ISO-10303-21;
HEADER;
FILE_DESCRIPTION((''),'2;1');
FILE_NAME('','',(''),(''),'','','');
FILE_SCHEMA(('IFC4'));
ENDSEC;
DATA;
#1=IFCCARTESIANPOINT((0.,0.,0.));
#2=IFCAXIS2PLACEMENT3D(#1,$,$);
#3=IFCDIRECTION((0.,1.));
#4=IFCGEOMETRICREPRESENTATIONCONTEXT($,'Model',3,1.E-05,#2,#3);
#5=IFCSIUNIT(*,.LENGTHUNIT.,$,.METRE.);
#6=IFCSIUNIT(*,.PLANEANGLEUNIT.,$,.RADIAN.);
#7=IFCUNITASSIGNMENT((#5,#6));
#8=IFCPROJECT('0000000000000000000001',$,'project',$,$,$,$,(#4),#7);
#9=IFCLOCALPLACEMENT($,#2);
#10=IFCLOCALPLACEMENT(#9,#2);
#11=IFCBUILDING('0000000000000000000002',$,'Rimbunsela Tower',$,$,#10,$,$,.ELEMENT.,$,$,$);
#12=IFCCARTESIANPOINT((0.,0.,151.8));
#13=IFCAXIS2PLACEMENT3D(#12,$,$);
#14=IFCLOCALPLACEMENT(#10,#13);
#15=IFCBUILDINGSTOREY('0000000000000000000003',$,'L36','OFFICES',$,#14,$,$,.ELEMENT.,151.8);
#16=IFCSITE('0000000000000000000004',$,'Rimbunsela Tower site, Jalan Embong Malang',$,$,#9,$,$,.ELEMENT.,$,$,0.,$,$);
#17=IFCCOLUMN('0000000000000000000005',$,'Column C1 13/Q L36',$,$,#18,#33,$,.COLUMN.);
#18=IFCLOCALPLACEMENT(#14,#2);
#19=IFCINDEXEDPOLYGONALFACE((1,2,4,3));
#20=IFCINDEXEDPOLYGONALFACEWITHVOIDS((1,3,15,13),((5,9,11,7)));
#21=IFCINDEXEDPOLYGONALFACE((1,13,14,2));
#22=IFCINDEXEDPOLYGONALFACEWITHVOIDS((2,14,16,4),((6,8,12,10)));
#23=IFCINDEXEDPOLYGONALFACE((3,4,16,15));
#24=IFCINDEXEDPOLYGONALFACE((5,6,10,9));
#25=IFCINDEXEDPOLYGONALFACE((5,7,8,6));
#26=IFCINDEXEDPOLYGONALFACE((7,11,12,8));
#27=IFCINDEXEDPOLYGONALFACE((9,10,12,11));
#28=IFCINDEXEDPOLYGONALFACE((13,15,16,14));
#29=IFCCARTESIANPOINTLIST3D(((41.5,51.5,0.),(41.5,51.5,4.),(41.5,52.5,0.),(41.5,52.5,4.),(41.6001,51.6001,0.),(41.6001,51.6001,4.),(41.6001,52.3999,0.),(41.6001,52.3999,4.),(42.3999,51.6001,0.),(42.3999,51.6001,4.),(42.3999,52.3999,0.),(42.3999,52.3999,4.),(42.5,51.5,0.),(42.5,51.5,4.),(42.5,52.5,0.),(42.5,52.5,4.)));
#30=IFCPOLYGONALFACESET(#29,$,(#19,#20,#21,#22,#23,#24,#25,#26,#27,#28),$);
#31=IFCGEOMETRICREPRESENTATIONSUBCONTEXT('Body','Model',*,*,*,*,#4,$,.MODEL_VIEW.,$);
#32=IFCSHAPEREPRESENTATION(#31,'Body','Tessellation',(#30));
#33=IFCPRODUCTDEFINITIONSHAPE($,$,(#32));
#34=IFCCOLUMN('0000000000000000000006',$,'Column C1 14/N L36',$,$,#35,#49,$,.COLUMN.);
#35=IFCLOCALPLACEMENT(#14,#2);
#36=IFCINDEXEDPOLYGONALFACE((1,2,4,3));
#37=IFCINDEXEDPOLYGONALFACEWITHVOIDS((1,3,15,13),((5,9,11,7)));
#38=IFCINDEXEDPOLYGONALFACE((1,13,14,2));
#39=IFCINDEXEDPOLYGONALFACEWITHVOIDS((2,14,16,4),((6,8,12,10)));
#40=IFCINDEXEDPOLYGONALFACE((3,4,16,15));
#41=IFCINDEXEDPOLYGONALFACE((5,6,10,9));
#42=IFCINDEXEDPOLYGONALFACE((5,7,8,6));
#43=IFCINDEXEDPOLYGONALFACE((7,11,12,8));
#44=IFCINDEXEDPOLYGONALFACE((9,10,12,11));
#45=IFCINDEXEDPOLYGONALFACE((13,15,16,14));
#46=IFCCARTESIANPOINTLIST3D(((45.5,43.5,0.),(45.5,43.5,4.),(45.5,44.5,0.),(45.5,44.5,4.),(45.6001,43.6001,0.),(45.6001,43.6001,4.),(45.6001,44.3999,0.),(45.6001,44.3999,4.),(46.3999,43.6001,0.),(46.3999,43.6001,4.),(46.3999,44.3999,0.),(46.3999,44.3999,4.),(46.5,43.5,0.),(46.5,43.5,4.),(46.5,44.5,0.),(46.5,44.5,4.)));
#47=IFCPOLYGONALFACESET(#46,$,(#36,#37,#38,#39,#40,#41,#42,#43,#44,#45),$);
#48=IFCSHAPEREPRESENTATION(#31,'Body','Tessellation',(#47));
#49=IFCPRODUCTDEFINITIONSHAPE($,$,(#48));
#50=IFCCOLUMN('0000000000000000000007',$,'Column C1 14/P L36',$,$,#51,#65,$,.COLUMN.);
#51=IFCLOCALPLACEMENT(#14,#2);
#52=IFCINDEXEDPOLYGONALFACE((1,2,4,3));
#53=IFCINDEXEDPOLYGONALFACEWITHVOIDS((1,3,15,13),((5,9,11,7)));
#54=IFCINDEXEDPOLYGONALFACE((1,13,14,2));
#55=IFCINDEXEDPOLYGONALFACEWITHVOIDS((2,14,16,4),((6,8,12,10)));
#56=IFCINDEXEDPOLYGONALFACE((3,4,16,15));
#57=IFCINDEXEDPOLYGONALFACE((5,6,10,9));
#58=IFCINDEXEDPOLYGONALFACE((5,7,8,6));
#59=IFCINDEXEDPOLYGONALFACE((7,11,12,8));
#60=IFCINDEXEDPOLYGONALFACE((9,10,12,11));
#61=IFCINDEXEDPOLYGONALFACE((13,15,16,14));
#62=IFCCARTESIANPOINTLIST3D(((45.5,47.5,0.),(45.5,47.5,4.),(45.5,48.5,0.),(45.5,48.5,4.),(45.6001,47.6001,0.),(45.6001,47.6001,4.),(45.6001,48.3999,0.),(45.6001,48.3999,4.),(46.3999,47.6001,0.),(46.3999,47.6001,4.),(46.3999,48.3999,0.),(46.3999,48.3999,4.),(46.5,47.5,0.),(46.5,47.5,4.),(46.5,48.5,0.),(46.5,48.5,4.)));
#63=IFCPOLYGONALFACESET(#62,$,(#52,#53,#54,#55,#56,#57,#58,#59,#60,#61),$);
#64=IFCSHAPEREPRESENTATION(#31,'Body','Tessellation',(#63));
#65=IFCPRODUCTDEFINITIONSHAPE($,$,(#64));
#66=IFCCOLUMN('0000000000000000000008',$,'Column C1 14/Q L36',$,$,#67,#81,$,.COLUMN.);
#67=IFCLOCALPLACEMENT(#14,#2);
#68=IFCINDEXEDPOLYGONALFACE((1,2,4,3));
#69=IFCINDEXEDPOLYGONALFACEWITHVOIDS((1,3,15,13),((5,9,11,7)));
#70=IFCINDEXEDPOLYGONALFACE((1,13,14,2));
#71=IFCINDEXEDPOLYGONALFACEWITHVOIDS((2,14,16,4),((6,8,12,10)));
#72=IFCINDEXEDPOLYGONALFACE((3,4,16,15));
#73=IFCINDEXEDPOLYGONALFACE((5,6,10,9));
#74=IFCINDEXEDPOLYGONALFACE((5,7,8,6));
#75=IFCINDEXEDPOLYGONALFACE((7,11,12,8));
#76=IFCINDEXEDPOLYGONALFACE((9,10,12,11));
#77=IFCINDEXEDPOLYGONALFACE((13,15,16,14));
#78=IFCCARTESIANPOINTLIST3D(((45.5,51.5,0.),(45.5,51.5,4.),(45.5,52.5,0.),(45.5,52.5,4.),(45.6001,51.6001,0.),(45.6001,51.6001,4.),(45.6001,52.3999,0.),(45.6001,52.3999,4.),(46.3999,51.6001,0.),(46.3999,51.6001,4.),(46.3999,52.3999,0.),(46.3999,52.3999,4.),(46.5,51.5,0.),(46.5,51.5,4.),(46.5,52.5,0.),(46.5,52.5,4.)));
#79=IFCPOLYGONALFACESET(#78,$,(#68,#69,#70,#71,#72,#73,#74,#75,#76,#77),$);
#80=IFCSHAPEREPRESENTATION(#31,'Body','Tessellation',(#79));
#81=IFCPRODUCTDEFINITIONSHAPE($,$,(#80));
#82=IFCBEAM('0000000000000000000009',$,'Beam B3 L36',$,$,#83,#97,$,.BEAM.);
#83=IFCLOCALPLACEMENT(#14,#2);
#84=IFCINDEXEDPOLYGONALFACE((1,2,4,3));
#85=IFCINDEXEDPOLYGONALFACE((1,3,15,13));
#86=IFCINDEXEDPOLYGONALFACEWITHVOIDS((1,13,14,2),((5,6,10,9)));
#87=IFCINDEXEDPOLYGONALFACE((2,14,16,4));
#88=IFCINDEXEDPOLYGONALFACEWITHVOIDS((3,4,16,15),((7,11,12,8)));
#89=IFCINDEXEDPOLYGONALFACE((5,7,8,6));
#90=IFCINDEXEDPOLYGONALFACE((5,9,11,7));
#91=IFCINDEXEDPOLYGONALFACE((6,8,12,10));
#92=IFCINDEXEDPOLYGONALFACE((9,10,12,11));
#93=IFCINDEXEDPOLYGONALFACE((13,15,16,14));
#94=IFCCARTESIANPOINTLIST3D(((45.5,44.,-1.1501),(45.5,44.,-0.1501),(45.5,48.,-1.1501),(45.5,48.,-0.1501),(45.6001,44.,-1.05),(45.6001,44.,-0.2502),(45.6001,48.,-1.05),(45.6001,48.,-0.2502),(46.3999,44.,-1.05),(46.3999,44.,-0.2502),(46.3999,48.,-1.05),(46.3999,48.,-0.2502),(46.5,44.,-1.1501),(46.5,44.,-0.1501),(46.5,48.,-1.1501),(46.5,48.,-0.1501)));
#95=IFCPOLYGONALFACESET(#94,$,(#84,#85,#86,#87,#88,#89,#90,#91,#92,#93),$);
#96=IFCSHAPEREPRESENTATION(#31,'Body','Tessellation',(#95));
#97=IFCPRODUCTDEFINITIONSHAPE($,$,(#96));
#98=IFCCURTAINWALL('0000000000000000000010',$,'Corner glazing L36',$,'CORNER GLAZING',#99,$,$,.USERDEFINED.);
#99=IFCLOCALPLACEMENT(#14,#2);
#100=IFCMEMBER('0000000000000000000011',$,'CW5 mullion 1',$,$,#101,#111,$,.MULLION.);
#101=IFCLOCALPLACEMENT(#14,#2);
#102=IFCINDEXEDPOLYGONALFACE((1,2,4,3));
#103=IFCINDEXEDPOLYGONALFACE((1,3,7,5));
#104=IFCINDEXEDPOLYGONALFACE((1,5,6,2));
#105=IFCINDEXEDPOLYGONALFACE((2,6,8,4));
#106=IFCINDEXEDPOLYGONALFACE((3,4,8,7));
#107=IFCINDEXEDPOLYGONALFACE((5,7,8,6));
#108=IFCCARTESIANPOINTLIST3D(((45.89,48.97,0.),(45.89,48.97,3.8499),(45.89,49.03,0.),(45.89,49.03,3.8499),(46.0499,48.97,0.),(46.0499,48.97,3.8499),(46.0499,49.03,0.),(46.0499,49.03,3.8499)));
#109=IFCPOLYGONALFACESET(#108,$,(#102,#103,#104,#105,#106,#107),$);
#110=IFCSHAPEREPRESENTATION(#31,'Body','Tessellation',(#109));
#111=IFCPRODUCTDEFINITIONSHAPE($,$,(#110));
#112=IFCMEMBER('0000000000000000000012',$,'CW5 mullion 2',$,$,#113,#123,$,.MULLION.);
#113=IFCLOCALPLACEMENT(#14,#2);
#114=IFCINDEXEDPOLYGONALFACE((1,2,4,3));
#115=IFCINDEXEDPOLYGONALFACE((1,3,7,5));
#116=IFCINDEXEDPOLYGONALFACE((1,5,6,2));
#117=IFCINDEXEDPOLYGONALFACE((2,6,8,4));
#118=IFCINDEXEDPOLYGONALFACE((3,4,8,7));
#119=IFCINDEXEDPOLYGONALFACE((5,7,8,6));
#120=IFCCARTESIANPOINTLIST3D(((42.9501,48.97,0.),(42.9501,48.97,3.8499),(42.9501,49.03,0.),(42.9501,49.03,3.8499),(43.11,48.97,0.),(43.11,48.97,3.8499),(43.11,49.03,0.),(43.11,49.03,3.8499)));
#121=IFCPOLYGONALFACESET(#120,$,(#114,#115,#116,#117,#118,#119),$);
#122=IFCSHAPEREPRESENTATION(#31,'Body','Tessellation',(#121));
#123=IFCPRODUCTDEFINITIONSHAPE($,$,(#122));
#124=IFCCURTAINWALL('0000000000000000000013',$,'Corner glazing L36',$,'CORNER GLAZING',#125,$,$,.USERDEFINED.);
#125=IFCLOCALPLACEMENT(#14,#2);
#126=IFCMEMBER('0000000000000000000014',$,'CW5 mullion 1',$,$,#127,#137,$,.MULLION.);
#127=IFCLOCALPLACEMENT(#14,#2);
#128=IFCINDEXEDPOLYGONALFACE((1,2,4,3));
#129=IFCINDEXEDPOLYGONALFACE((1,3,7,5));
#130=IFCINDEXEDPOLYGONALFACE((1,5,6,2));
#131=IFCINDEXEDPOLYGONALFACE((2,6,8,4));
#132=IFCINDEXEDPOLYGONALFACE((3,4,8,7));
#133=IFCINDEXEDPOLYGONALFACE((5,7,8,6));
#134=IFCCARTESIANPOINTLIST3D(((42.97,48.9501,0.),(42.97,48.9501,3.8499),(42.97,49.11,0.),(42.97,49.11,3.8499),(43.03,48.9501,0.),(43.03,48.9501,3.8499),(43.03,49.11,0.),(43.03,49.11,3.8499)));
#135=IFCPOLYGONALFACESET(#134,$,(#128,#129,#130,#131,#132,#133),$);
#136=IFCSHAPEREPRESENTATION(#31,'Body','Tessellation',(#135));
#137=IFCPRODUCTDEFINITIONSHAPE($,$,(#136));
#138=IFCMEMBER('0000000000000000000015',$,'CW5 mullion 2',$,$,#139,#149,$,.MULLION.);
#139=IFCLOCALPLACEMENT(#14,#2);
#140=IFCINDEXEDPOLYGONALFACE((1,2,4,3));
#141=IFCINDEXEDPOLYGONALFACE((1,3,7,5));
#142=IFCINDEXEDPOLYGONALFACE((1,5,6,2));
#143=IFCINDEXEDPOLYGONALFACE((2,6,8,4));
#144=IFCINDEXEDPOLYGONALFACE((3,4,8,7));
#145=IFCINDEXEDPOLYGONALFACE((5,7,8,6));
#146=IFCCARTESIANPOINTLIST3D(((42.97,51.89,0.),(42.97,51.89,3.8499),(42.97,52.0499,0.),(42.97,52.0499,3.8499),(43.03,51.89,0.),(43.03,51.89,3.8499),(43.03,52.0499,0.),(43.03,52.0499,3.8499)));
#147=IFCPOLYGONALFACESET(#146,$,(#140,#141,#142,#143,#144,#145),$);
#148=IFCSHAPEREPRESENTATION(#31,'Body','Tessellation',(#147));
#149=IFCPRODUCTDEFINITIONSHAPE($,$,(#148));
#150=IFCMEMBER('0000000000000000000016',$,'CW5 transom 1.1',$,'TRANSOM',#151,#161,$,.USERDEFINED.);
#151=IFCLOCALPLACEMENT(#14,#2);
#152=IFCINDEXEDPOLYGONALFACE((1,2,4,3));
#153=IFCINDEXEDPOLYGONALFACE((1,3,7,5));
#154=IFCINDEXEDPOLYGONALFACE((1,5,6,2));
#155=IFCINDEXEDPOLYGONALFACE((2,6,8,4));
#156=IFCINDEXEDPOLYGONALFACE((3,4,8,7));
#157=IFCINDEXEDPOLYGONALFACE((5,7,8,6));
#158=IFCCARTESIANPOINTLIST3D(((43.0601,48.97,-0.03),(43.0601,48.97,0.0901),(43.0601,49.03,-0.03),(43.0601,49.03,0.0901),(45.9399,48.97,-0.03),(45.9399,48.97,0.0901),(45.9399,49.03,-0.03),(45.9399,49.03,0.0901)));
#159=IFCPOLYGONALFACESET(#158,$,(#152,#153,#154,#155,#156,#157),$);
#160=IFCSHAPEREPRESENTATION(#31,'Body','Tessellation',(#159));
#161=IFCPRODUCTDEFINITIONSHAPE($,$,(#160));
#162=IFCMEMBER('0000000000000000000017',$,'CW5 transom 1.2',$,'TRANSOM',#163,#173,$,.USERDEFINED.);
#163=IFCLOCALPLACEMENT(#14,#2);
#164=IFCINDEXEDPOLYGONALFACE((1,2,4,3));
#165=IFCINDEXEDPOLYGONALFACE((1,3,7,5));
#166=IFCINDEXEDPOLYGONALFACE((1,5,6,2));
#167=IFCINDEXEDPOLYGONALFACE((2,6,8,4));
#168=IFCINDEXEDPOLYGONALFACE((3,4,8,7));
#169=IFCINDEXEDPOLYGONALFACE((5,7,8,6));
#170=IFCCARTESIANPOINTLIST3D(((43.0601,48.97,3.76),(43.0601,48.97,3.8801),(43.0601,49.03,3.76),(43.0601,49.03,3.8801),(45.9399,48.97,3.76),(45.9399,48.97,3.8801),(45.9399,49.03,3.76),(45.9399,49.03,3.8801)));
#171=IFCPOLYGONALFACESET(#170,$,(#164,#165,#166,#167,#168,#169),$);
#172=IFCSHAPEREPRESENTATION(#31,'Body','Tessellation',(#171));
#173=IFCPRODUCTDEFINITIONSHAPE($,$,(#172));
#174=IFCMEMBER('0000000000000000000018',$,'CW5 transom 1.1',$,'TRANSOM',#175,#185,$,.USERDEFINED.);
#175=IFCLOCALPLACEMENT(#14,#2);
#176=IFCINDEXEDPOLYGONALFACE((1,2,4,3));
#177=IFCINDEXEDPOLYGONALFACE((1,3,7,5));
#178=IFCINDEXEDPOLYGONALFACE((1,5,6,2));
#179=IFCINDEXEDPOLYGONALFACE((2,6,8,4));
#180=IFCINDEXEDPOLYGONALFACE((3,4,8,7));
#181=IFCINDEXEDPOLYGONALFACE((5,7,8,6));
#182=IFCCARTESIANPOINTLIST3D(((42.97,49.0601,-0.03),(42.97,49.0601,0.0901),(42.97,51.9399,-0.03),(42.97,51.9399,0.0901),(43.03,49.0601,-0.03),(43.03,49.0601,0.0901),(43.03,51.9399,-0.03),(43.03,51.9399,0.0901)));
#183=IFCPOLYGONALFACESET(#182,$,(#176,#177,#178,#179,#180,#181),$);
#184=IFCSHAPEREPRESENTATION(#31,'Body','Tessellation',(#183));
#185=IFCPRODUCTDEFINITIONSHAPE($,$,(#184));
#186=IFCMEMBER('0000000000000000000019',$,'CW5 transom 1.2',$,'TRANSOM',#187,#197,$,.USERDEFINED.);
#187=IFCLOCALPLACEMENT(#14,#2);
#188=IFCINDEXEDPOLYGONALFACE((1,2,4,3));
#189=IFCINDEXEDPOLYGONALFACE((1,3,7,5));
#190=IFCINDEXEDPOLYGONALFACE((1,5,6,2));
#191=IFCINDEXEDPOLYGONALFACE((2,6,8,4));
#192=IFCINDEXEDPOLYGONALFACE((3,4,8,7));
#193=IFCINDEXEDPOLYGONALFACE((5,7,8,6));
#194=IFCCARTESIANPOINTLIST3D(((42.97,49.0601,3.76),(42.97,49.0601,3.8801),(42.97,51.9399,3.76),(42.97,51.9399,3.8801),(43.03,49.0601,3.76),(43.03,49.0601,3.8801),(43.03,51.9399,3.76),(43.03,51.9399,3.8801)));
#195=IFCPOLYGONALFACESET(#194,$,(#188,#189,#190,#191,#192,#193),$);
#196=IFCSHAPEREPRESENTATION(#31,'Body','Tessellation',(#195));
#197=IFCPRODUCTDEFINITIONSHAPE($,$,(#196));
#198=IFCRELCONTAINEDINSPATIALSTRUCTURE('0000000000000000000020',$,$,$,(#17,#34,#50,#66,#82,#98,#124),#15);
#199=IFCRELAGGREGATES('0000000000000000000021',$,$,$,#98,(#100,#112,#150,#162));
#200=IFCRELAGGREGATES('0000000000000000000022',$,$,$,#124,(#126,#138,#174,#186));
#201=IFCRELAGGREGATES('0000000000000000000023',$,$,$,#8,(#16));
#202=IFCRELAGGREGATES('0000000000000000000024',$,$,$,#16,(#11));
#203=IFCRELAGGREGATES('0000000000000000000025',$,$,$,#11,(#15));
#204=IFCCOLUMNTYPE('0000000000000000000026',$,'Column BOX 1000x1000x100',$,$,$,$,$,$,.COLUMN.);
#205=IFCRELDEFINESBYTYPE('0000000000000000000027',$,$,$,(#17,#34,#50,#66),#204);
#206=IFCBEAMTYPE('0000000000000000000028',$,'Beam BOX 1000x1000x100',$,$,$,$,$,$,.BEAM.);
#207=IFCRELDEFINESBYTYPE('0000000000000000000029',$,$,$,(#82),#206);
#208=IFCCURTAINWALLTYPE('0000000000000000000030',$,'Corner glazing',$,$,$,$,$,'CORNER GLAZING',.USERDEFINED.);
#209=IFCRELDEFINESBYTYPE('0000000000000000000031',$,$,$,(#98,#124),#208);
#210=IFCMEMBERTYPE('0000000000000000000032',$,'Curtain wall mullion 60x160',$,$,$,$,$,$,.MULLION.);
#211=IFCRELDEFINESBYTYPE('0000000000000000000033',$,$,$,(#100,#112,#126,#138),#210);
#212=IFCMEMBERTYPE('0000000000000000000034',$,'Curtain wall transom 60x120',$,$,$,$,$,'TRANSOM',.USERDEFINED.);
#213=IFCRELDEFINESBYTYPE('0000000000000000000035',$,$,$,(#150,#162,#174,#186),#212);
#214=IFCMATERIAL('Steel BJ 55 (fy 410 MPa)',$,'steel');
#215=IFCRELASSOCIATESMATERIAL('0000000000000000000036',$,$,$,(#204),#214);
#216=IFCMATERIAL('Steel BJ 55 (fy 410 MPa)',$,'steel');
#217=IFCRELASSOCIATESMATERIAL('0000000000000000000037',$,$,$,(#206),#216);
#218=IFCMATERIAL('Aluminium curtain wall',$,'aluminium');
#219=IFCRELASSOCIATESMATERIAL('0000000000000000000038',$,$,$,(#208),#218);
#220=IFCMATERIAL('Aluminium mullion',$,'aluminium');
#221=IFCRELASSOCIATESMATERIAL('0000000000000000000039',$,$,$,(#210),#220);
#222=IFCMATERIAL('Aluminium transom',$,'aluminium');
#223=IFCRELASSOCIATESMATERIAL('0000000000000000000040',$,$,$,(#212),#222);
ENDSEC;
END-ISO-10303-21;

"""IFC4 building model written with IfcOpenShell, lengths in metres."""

from ifc_helpers import new_model, si_unit, direction, frame, origin, origin_2d, place, context, subcontext, project, spatial, rectangle, hollow_rectangle, extrude, material, material_profile, profile_set, type_object, element, aggregate, save


model = new_model("IFC4")

# Units and contexts
model_context = context("Model", 3, precision=1e-05, world=origin(), true_north=direction((0.0, 1.0)))
body_context = subcontext(model_context, "Body", "Model", "MODEL_VIEW")
ifc_project = project(units=[si_unit("LENGTHUNIT", "METRE"), si_unit("PLANEANGLEUNIT", "RADIAN")], contexts=[model_context])

# Site, building, storey
site_placement = place(None, origin())
site = spatial("IfcSite", under=ifc_project, at=site_placement, Name="Rimbunsela Tower site, Jalan Embong Malang", CompositionType="ELEMENT", RefElevation=0.0)
building_placement = place(site_placement, origin())
building = spatial("IfcBuilding", under=site, at=building_placement, Name="Rimbunsela Tower", CompositionType="ELEMENT")
storey_placement = place(building_placement, frame((0.0, 0.0, 151.8)))
storey = spatial("IfcBuildingStorey", under=building, at=storey_placement, Name="L36", Description="OFFICES", CompositionType="ELEMENT", Elevation=151.8)

# Columns
ifc_material_1 = material(Name="Steel BJ 55 (fy 410 MPa)", Category="steel")
ifc_material_profile_1 = material_profile(ifc_material_1, hollow_rectangle(XDim=1.0, YDim=1.0, WallThickness=0.1001, at=origin_2d()), Name="BOX 1000x1000x100")
ifc_profile_set_1 = profile_set([ifc_material_profile_1], Name="Steel BJ 55 (fy 410 MPa)")
column_type = type_object("IfcColumnType", Name="Column BOX 1000x1000x100", PredefinedType="COLUMN", material=ifc_profile_set_1)
for number, where, z_axis, x_axis, name in (
    (1, (42.0, 52.0, 0.0), (0.0, 0.0, 1.0), (1.0, 0.0, 0.0), "Column C1 13/Q L36"),
    (2, (46.0, 44.0, 0.0), (0.0, 0.0, 1.0), (1.0, 0.0, 0.0), "Column C1 14/N L36"),
    (3, (46.0, 48.0, 0.0), (0.0, 0.0, 1.0), (1.0, 0.0, 0.0), "Column C1 14/P L36"),
    (4, (46.0, 52.0, 0.0), (0.0, 0.0, 1.0), (1.0, 0.0, 0.0), "Column C1 14/Q L36"),
):
    element("IfcColumn", number, at=place(storey_placement, frame(where, z_axis=z_axis, x_axis=x_axis)), inside=storey, type_object=column_type, Name=name, PredefinedType="COLUMN", context=body_context, shape_type="SweptSolid", body=[
        extrude(hollow_rectangle(XDim=1.0, YDim=1.0, WallThickness=0.1001, at=origin_2d()), origin(), (0.0, 0.0, 1.0), 4.0),
    ])

# Beam
ifc_material_2 = material(Name="Steel BJ 55 (fy 410 MPa)", Category="steel")
ifc_material_profile_2 = material_profile(ifc_material_2, hollow_rectangle(XDim=1.0, YDim=1.0, WallThickness=0.1001, at=origin_2d()), Name="BOX 1000x1000x100")
ifc_profile_set_2 = profile_set([ifc_material_profile_2], Name="Steel BJ 55 (fy 410 MPa)")
beam_type = type_object("IfcBeamType", Name="Beam BOX 1000x1000x100", PredefinedType="BEAM", material=ifc_profile_set_2)
beam_placement = place(storey_placement, frame((46.0, 44.0, -0.6501), z_axis=(0.0, 1.0, 0.0), x_axis=(-1.0, 0.0, 0.0)))
element("IfcBeam", 5, at=beam_placement, inside=storey, type_object=beam_type, Name="Beam B3 L36", PredefinedType="BEAM", context=body_context, shape_type="SweptSolid", body=[
    extrude(hollow_rectangle(XDim=1.0, YDim=1.0, WallThickness=0.1001, at=origin_2d()), origin(), (0.0, 0.0, 1.0), 4.0),
])

# Curtain walls, members
ifc_material_3 = material(Name="Aluminium curtain wall", Category="aluminium")
curtain_wall_type = type_object("IfcCurtainWallType", Name="Corner glazing", ElementType="CORNER GLAZING", PredefinedType="USERDEFINED", material=ifc_material_3)
curtain_wall_1_placement = place(storey_placement, origin())
curtain_wall_1 = element("IfcCurtainWall", 6, at=curtain_wall_1_placement, inside=storey, type_object=curtain_wall_type, Name="Corner glazing L36", ObjectType="CORNER GLAZING", PredefinedType="USERDEFINED")
ifc_material_4 = material(Name="Aluminium mullion", Category="aluminium")
ifc_material_profile_3 = material_profile(ifc_material_4, rectangle(XDim=0.0601, YDim=0.1599, at=origin_2d()), Name="Mullion 60x160")
ifc_profile_set_3 = profile_set([ifc_material_profile_3], Name="Aluminium mullion")
member_type_1 = type_object("IfcMemberType", Name="Curtain wall mullion 60x160", PredefinedType="MULLION", material=ifc_profile_set_3)
member_1_placement = place(storey_placement, frame((45.97, 49.0, 0.0), z_axis=(0.0, 0.0, 1.0), x_axis=(0.0, -1.0, 0.0)))
member_1 = element("IfcMember", 7, at=member_1_placement, type_object=member_type_1, Name="CW5 mullion 1", PredefinedType="MULLION", context=body_context, shape_type="SweptSolid", body=[
    extrude(rectangle(XDim=0.0601, YDim=0.1599, at=origin_2d()), origin(), (0.0, 0.0, 1.0), 3.8499),
])
member_2_placement = place(storey_placement, frame((43.03, 49.0, 0.0), z_axis=(0.0, 0.0, 1.0), x_axis=(0.0, -1.0, 0.0)))
member_2 = element("IfcMember", 8, at=member_2_placement, type_object=member_type_1, Name="CW5 mullion 2", PredefinedType="MULLION", context=body_context, shape_type="SweptSolid", body=[
    extrude(rectangle(XDim=0.0601, YDim=0.1599, at=origin_2d()), origin(), (0.0, 0.0, 1.0), 3.8499),
])
curtain_wall_2_placement = place(storey_placement, origin())
curtain_wall_2 = element("IfcCurtainWall", 9, at=curtain_wall_2_placement, inside=storey, type_object=curtain_wall_type, Name="Corner glazing L36", ObjectType="CORNER GLAZING", PredefinedType="USERDEFINED")
member_3_placement = place(storey_placement, frame((43.0, 49.03, 0.0), z_axis=(0.0, 0.0, 1.0), x_axis=(-1.0, 0.0, 0.0)))
member_3 = element("IfcMember", 10, at=member_3_placement, type_object=member_type_1, Name="CW5 mullion 1", PredefinedType="MULLION", context=body_context, shape_type="SweptSolid", body=[
    extrude(rectangle(XDim=0.0601, YDim=0.1599, at=origin_2d()), origin(), (0.0, 0.0, 1.0), 3.8499),
])
member_4_placement = place(storey_placement, frame((43.0, 51.97, 0.0), z_axis=(0.0, 0.0, 1.0), x_axis=(-1.0, 0.0, 0.0)))
member_4 = element("IfcMember", 11, at=member_4_placement, type_object=member_type_1, Name="CW5 mullion 2", PredefinedType="MULLION", context=body_context, shape_type="SweptSolid", body=[
    extrude(rectangle(XDim=0.0601, YDim=0.1599, at=origin_2d()), origin(), (0.0, 0.0, 1.0), 3.8499),
])

# Members
ifc_material_5 = material(Name="Aluminium transom", Category="aluminium")
ifc_material_profile_4 = material_profile(ifc_material_5, rectangle(XDim=0.0601, YDim=0.1201, at=origin_2d()), Name="Transom 60x120")
ifc_profile_set_4 = profile_set([ifc_material_profile_4], Name="Aluminium transom")
member_type_2 = type_object("IfcMemberType", Name="Curtain wall transom 60x120", ElementType="TRANSOM", PredefinedType="USERDEFINED", material=ifc_profile_set_4)
member_5_placement = place(storey_placement, frame((45.9399, 49.0, 0.03), z_axis=(-1.0, 0.0, 0.0), x_axis=(0.0, -1.0, 0.0)))
member_5 = element("IfcMember", 12, at=member_5_placement, type_object=member_type_2, Name="CW5 transom 1.1", ObjectType="TRANSOM", PredefinedType="USERDEFINED", context=body_context, shape_type="SweptSolid", body=[
    extrude(rectangle(XDim=0.0601, YDim=0.1201, at=origin_2d()), origin(), (0.0, 0.0, 1.0), 2.8799),
])
member_6_placement = place(storey_placement, frame((45.9399, 49.0, 3.8201), z_axis=(-1.0, 0.0, 0.0), x_axis=(0.0, -1.0, 0.0)))
member_6 = element("IfcMember", 13, at=member_6_placement, type_object=member_type_2, Name="CW5 transom 1.2", ObjectType="TRANSOM", PredefinedType="USERDEFINED", context=body_context, shape_type="SweptSolid", body=[
    extrude(rectangle(XDim=0.0601, YDim=0.1201, at=origin_2d()), origin(), (0.0, 0.0, 1.0), 2.8799),
])
member_7_placement = place(storey_placement, frame((43.0, 49.0601, 0.03), z_axis=(0.0, 1.0, 0.0), x_axis=(-1.0, 0.0, 0.0)))
member_7 = element("IfcMember", 14, at=member_7_placement, type_object=member_type_2, Name="CW5 transom 1.1", ObjectType="TRANSOM", PredefinedType="USERDEFINED", context=body_context, shape_type="SweptSolid", body=[
    extrude(rectangle(XDim=0.0601, YDim=0.1201, at=origin_2d()), origin(), (0.0, 0.0, 1.0), 2.8799),
])
member_8_placement = place(storey_placement, frame((43.0, 49.0601, 3.8201), z_axis=(0.0, 1.0, 0.0), x_axis=(-1.0, 0.0, 0.0)))
member_8 = element("IfcMember", 15, at=member_8_placement, type_object=member_type_2, Name="CW5 transom 1.2", ObjectType="TRANSOM", PredefinedType="USERDEFINED", context=body_context, shape_type="SweptSolid", body=[
    extrude(rectangle(XDim=0.0601, YDim=0.1201, at=origin_2d()), origin(), (0.0, 0.0, 1.0), 2.8799),
])

aggregate(curtain_wall_1, [member_1, member_2, member_5, member_6])
aggregate(curtain_wall_2, [member_3, member_4, member_7, member_8])

save(model, "model.ifc")
